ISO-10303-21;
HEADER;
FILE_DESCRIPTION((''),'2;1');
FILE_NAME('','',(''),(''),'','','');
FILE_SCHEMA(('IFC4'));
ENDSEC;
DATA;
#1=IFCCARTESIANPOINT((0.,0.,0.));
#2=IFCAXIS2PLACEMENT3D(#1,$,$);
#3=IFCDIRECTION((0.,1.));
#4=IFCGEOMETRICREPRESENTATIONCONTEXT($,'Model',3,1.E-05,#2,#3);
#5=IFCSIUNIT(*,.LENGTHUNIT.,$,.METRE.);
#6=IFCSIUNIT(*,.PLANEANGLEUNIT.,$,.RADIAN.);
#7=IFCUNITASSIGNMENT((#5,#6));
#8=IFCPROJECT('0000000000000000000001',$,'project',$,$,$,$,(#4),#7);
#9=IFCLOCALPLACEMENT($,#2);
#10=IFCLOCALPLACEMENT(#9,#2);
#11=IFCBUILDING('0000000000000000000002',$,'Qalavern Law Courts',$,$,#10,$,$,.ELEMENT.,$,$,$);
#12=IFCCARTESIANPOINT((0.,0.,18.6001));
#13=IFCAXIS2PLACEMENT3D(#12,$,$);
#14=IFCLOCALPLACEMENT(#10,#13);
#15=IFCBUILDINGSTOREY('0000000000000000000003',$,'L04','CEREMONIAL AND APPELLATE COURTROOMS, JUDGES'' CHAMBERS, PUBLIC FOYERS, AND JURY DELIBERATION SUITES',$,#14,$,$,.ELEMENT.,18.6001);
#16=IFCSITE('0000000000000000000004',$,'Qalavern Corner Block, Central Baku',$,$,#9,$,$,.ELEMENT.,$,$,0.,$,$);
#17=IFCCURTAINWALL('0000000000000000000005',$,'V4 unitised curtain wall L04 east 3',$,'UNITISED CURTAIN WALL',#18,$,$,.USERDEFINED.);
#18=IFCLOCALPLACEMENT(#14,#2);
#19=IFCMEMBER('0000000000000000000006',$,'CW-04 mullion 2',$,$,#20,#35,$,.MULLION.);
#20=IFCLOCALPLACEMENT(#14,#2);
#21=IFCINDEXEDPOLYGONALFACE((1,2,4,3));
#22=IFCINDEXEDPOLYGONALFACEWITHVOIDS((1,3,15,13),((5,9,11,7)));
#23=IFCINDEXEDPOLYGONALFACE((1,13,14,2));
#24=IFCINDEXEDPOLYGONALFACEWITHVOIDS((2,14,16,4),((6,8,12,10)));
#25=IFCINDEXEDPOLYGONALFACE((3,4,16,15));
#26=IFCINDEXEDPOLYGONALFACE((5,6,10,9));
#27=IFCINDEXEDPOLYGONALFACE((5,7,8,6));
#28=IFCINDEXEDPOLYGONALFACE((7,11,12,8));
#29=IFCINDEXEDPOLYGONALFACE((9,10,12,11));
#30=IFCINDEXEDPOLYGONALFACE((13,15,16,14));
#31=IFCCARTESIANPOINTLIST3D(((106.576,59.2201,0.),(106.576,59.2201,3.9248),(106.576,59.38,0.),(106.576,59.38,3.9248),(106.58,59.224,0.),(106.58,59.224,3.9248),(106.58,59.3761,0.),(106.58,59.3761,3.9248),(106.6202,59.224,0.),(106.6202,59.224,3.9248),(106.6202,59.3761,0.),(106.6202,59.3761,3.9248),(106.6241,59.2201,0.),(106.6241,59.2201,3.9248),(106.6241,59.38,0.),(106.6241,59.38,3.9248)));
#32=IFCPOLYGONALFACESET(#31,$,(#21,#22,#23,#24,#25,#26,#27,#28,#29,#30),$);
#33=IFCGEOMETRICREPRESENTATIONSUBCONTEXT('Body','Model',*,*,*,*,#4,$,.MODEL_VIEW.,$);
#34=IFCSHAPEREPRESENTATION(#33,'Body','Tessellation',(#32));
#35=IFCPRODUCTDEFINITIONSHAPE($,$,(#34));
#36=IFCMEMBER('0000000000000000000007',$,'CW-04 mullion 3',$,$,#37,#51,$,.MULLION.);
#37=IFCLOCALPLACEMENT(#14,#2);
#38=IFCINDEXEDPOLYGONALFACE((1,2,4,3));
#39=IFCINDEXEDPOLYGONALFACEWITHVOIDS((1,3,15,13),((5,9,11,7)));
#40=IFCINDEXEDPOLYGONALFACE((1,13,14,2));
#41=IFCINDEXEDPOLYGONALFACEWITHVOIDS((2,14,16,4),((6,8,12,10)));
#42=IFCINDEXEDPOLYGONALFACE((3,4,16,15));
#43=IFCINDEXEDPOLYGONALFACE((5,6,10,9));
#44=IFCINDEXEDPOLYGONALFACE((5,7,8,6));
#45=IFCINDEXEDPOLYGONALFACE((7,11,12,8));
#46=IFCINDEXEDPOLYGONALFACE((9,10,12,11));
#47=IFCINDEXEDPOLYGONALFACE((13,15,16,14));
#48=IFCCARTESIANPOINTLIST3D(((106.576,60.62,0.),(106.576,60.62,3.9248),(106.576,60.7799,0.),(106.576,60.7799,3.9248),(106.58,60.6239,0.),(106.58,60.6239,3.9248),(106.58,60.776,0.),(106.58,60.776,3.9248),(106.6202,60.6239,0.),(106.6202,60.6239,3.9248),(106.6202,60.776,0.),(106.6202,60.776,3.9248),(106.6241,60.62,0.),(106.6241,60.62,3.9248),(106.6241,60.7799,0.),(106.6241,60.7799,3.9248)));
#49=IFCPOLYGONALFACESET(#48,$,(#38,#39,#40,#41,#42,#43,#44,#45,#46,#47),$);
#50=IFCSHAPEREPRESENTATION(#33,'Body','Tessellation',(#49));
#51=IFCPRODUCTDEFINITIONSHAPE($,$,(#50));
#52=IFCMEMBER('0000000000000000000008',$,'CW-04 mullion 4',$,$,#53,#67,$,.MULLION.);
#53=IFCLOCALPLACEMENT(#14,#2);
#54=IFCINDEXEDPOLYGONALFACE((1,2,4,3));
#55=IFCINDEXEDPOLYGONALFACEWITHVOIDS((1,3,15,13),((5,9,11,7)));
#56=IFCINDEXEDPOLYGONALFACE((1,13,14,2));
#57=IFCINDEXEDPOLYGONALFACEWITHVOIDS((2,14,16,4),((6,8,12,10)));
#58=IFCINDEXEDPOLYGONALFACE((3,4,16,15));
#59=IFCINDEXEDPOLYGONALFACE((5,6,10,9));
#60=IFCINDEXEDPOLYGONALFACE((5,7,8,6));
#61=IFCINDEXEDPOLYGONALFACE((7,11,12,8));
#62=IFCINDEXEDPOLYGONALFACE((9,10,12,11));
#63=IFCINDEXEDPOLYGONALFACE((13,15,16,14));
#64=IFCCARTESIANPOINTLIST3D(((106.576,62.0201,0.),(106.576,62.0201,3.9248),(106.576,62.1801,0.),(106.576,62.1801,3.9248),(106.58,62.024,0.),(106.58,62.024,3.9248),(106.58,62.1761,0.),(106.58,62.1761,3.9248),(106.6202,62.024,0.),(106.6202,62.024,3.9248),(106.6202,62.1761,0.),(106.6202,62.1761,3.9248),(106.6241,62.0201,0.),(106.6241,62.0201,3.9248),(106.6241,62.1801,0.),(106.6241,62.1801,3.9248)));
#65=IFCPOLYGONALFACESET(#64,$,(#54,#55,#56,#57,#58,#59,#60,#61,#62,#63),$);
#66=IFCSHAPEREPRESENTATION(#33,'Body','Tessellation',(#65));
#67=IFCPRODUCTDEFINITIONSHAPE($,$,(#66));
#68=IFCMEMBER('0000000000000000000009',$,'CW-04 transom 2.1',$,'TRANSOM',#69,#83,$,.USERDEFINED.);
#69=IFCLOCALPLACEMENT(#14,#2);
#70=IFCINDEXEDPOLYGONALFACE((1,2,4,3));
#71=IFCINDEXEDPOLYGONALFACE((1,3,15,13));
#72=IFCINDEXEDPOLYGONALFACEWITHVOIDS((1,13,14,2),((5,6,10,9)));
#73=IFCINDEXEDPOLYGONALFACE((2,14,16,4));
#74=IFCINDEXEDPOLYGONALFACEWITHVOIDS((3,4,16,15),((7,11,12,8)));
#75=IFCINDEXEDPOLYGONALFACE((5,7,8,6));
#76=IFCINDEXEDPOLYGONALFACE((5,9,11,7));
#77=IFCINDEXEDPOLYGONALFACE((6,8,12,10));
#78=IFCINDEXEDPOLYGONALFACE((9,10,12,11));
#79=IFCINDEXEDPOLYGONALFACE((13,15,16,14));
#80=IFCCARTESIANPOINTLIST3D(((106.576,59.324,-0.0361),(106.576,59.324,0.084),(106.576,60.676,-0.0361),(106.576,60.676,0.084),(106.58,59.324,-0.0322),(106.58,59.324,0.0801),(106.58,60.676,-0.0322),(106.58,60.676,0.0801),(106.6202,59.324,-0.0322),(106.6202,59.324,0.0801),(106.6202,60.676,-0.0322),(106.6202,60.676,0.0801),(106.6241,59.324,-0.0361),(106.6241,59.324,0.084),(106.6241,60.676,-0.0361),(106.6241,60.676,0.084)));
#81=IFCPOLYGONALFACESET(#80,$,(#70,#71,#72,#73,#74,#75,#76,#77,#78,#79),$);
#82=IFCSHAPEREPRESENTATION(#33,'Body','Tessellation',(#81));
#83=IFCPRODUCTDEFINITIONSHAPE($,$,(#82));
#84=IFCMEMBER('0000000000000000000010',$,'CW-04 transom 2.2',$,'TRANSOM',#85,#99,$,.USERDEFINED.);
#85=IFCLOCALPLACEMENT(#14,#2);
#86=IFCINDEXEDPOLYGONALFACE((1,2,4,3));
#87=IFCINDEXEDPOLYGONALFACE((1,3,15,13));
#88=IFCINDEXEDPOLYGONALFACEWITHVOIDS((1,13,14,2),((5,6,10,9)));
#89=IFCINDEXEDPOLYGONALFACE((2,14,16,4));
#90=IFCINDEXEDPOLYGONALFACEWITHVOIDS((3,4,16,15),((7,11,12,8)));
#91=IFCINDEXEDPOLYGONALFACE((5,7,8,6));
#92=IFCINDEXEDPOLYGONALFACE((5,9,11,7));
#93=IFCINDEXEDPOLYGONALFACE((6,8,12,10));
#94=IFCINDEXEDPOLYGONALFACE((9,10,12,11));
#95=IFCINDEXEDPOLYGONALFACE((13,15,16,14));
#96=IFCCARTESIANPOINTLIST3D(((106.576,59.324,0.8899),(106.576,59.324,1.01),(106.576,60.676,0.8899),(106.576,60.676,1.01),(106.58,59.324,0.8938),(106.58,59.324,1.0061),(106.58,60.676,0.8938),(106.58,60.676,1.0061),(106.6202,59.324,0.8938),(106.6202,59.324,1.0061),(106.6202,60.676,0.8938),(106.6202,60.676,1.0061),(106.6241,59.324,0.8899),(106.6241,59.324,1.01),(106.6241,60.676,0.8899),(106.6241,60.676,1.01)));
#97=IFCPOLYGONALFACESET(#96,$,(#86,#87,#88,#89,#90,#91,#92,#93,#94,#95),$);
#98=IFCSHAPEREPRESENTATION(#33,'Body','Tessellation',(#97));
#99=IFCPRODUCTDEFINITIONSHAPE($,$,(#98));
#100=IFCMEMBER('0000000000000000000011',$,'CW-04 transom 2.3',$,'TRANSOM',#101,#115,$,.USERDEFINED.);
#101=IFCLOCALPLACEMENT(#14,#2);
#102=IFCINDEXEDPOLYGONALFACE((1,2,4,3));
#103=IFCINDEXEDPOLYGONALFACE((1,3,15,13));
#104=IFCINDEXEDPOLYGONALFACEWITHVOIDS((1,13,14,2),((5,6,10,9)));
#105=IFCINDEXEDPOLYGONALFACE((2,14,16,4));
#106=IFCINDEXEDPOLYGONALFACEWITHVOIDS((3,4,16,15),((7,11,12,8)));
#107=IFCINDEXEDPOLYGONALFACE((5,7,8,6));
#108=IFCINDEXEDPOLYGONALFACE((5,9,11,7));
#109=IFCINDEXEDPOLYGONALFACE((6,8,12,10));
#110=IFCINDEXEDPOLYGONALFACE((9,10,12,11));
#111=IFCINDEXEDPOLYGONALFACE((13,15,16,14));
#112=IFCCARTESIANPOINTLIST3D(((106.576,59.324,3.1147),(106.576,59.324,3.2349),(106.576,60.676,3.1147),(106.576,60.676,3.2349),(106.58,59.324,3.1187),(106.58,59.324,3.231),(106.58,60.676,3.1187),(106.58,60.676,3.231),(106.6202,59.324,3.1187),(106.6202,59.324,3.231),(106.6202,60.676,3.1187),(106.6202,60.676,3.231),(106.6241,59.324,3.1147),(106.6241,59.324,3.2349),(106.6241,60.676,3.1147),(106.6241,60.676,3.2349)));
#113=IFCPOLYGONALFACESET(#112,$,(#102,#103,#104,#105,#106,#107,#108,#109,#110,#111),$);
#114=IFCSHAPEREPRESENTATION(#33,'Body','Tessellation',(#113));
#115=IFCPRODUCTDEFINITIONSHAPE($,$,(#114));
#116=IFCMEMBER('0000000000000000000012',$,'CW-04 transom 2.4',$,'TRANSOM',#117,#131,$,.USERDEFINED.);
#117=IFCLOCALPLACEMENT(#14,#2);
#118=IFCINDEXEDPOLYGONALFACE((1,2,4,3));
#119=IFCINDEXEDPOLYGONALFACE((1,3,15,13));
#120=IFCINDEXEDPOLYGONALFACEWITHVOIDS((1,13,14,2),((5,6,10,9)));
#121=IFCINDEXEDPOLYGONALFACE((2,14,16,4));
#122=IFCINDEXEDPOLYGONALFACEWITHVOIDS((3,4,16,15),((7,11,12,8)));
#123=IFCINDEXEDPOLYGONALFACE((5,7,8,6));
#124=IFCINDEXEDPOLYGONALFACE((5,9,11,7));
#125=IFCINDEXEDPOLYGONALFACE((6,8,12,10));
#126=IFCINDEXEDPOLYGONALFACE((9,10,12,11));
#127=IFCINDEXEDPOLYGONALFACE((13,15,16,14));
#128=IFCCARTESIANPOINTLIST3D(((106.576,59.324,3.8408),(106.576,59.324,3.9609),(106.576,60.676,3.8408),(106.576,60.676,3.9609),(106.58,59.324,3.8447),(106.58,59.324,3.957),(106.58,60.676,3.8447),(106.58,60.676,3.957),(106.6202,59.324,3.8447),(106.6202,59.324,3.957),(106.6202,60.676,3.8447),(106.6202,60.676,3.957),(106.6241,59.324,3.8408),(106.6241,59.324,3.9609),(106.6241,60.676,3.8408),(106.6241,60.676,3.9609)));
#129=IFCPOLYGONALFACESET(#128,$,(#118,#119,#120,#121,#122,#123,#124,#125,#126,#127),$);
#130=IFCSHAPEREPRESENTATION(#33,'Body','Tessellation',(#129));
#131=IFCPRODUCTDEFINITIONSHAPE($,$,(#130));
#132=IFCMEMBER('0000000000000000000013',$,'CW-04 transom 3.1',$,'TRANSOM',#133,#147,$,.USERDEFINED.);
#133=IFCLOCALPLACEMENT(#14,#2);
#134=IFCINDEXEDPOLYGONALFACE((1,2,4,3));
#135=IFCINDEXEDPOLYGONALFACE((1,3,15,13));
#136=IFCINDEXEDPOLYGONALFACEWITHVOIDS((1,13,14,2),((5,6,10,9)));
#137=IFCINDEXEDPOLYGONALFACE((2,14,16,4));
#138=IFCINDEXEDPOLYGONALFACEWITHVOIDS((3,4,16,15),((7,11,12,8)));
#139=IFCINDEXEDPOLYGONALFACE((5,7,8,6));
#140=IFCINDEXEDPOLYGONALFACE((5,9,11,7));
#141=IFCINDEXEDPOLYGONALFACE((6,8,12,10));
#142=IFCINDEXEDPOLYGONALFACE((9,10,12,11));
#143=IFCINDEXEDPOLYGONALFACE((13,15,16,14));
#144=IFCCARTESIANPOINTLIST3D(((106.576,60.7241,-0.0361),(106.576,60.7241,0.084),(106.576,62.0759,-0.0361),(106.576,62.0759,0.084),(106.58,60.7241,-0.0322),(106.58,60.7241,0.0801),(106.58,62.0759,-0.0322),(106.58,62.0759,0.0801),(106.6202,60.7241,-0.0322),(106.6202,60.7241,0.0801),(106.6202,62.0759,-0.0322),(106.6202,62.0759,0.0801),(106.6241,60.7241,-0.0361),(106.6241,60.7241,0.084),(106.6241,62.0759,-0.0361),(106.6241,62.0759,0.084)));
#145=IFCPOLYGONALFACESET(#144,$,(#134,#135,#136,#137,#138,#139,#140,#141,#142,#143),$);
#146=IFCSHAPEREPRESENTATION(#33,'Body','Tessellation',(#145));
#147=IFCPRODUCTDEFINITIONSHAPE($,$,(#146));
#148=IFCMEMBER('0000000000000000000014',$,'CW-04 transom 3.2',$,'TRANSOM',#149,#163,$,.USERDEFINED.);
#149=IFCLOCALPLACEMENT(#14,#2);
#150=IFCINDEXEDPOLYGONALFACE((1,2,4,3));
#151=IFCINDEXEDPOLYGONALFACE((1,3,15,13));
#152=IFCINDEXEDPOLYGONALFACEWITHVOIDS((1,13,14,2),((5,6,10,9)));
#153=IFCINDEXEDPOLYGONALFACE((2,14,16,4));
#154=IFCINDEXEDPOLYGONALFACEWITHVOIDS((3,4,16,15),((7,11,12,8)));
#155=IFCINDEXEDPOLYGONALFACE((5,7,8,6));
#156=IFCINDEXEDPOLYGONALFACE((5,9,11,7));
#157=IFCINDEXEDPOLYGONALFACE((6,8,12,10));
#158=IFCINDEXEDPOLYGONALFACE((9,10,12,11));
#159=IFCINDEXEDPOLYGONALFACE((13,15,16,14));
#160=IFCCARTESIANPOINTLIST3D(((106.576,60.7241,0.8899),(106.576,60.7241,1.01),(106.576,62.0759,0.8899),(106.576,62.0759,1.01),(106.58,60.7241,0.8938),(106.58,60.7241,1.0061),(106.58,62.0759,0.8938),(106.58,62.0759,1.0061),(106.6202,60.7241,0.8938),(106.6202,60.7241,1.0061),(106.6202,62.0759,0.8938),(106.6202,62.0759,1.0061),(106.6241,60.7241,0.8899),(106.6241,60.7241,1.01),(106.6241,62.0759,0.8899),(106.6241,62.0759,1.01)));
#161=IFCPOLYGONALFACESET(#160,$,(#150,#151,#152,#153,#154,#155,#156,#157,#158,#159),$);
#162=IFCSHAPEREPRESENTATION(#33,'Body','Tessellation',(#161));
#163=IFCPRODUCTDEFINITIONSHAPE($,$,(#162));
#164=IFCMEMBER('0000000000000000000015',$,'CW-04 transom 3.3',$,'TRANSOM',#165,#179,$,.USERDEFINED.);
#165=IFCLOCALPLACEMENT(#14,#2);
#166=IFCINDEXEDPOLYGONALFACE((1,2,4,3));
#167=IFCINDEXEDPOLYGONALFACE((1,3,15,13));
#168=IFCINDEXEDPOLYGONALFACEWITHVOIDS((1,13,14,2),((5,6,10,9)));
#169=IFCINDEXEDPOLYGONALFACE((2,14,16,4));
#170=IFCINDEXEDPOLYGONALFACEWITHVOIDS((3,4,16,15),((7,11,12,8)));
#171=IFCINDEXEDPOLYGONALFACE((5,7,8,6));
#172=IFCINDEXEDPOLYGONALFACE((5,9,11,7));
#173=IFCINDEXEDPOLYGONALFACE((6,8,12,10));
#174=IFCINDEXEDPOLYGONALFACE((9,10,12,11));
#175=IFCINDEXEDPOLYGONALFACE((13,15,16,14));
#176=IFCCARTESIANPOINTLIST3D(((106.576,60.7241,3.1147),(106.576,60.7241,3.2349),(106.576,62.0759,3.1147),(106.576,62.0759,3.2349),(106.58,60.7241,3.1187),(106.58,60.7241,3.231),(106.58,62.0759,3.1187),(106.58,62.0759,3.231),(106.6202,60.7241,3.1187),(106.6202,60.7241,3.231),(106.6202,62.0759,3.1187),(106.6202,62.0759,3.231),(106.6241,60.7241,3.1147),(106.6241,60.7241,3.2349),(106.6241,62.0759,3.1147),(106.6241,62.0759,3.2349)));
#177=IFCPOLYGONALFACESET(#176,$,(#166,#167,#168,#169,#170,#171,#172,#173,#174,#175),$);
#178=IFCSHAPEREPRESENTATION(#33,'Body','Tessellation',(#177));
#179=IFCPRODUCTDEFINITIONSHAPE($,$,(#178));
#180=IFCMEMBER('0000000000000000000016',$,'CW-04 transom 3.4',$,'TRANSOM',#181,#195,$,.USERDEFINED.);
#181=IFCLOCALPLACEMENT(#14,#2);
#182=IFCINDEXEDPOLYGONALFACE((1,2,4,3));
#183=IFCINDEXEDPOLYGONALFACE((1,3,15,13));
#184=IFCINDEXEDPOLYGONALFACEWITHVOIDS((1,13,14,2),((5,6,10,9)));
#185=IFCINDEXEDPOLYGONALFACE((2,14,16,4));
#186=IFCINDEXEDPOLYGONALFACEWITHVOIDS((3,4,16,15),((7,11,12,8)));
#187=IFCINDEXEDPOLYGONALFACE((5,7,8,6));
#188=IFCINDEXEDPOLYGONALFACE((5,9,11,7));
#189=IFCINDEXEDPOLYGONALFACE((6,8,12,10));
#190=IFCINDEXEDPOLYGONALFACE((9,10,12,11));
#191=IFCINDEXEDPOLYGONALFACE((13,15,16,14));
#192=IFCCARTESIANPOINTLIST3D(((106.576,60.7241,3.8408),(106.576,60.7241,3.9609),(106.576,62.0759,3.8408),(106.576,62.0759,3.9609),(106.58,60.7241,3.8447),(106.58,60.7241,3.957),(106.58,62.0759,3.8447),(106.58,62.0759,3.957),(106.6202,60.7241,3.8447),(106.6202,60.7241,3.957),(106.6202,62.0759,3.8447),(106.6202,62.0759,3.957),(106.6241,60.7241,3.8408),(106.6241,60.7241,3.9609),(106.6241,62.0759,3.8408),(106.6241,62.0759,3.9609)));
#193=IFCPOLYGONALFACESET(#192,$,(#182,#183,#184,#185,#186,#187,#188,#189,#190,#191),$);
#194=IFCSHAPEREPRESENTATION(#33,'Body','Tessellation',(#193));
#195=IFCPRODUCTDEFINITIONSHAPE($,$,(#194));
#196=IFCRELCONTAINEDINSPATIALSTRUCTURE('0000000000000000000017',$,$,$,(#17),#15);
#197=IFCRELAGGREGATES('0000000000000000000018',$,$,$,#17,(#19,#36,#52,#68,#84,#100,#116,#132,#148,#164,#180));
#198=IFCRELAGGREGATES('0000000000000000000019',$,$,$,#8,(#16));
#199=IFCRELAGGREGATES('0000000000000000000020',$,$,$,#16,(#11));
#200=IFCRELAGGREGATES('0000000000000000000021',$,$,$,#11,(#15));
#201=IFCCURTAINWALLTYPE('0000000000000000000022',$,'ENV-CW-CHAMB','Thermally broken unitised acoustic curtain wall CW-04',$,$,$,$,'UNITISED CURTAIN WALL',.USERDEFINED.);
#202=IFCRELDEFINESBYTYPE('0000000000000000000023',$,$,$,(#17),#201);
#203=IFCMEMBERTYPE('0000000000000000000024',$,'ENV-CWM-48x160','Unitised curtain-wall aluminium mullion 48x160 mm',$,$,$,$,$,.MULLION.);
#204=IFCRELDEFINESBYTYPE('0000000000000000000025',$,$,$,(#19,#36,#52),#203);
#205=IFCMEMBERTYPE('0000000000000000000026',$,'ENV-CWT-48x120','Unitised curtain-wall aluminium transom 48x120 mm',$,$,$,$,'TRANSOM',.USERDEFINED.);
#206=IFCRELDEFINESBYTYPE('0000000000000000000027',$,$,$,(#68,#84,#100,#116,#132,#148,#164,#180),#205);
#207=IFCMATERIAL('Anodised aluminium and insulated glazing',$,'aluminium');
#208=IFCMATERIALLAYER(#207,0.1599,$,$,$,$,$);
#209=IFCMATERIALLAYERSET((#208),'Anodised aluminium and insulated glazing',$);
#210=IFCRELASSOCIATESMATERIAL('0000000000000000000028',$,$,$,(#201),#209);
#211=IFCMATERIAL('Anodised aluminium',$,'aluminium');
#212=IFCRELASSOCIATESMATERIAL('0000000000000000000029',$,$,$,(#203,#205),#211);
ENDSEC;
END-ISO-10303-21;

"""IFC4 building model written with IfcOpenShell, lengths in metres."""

from ifc_helpers import new_model, si_unit, direction, frame, origin, origin_2d, place, context, subcontext, project, spatial, hollow_rectangle, extrude, material, layer, layer_set, material_profile, profile_set, type_object, element, aggregate, save


model = new_model("IFC4")

# Units and contexts
model_context = context("Model", 3, precision=1e-05, world=origin(), true_north=direction((0.0, 1.0)))
body_context = subcontext(model_context, "Body", "Model", "MODEL_VIEW")
ifc_project = project(units=[si_unit("LENGTHUNIT", "METRE"), si_unit("PLANEANGLEUNIT", "RADIAN")], contexts=[model_context])

# Site, building, storey
site_placement = place(None, origin())
site = spatial("IfcSite", under=ifc_project, at=site_placement, Name="Qalavern Corner Block, Central Baku", CompositionType="ELEMENT", RefElevation=0.0)
building_placement = place(site_placement, origin())
building = spatial("IfcBuilding", under=site, at=building_placement, Name="Qalavern Law Courts", CompositionType="ELEMENT")
storey_placement = place(building_placement, frame((0.0, 0.0, 18.6001)))
storey = spatial("IfcBuildingStorey", under=building, at=storey_placement, Name="L04", Description="CEREMONIAL AND APPELLATE COURTROOMS, JUDGES' CHAMBERS, PUBLIC FOYERS, AND JURY DELIBERATION SUITES", CompositionType="ELEMENT", Elevation=18.6001)

# Curtain wall, members
ifc_material_1 = material(Name="Anodised aluminium and insulated glazing", Category="aluminium")
ifc_layer_1 = layer(ifc_material_1, 0.1599)
ifc_layer_set_1 = layer_set([ifc_layer_1], Name="Anodised aluminium and insulated glazing")
curtain_wall_type = type_object("IfcCurtainWallType", Name="ENV-CW-CHAMB", Description="Thermally broken unitised acoustic curtain wall CW-04", ElementType="UNITISED CURTAIN WALL", PredefinedType="USERDEFINED", material=ifc_layer_set_1)
curtain_wall_placement = place(storey_placement, origin())
curtain_wall = element("IfcCurtainWall", 1, at=curtain_wall_placement, inside=storey, type_object=curtain_wall_type, Name="V4 unitised curtain wall L04 east 3", ObjectType="UNITISED CURTAIN WALL", PredefinedType="USERDEFINED")
ifc_material_2 = material(Name="Anodised aluminium", Category="aluminium")
ifc_material_profile_1 = material_profile(ifc_material_2, hollow_rectangle(XDim=0.0481, YDim=0.1599, WallThickness=0.0039, at=origin_2d()), Name="ALU MULLION 48x160")
ifc_profile_set_1 = profile_set([ifc_material_profile_1], Name="Anodised aluminium")
member_type_1 = type_object("IfcMemberType", Name="ENV-CWM-48x160", Description="Unitised curtain-wall aluminium mullion 48x160 mm", PredefinedType="MULLION", material=ifc_profile_set_1)
member_1_placement = place(storey_placement, frame((106.6001, 59.3, 0.0), z_axis=(0.0, 0.0, 1.0), x_axis=(-1.0, 0.0, 0.0)))
member_1 = element("IfcMember", 2, at=member_1_placement, type_object=member_type_1, Name="CW-04 mullion 2", PredefinedType="MULLION", context=body_context, shape_type="SweptSolid", body=[
    extrude(hollow_rectangle(XDim=0.0481, YDim=0.1599, WallThickness=0.0039, at=origin_2d()), origin(), (0.0, 0.0, 1.0), 3.9248),
])
member_2_placement = place(storey_placement, frame((106.6001, 60.7, 0.0), z_axis=(0.0, 0.0, 1.0), x_axis=(-1.0, 0.0, 0.0)))
member_2 = element("IfcMember", 3, at=member_2_placement, type_object=member_type_1, Name="CW-04 mullion 3", PredefinedType="MULLION", context=body_context, shape_type="SweptSolid", body=[
    extrude(hollow_rectangle(XDim=0.0481, YDim=0.1599, WallThickness=0.0039, at=origin_2d()), origin(), (0.0, 0.0, 1.0), 3.9248),
])
member_3_placement = place(storey_placement, frame((106.6001, 62.1001, 0.0), z_axis=(0.0, 0.0, 1.0), x_axis=(-1.0, 0.0, 0.0)))
member_3 = element("IfcMember", 4, at=member_3_placement, type_object=member_type_1, Name="CW-04 mullion 4", PredefinedType="MULLION", context=body_context, shape_type="SweptSolid", body=[
    extrude(hollow_rectangle(XDim=0.0481, YDim=0.1599, WallThickness=0.0039, at=origin_2d()), origin(), (0.0, 0.0, 1.0), 3.9248),
])
ifc_material_profile_2 = material_profile(ifc_material_2, hollow_rectangle(XDim=0.0481, YDim=0.1201, WallThickness=0.0039, at=origin_2d()), Name="ALU TRANSOM 48x120")
ifc_profile_set_2 = profile_set([ifc_material_profile_2], Name="Anodised aluminium")
member_type_2 = type_object("IfcMemberType", Name="ENV-CWT-48x120", Description="Unitised curtain-wall aluminium transom 48x120 mm", ElementType="TRANSOM", PredefinedType="USERDEFINED", material=ifc_profile_set_2)
member_4_placement = place(storey_placement, frame((106.6001, 59.324, 0.0239), z_axis=(0.0, 1.0, 0.0), x_axis=(-1.0, 0.0, 0.0)))
member_4 = element("IfcMember", 5, at=member_4_placement, type_object=member_type_2, Name="CW-04 transom 2.1", ObjectType="TRANSOM", PredefinedType="USERDEFINED", context=body_context, shape_type="SweptSolid", body=[
    extrude(hollow_rectangle(XDim=0.0481, YDim=0.1201, WallThickness=0.0039, at=origin_2d()), origin(), (0.0, 0.0, 1.0), 1.3521),
])
member_5_placement = place(storey_placement, frame((106.6001, 59.324, 0.95), z_axis=(0.0, 1.0, 0.0), x_axis=(-1.0, 0.0, 0.0)))
member_5 = element("IfcMember", 6, at=member_5_placement, type_object=member_type_2, Name="CW-04 transom 2.2", ObjectType="TRANSOM", PredefinedType="USERDEFINED", context=body_context, shape_type="SweptSolid", body=[
    extrude(hollow_rectangle(XDim=0.0481, YDim=0.1201, WallThickness=0.0039, at=origin_2d()), origin(), (0.0, 0.0, 1.0), 1.3521),
])
member_6_placement = place(storey_placement, frame((106.6001, 59.324, 3.1748), z_axis=(0.0, 1.0, 0.0), x_axis=(-1.0, 0.0, 0.0)))
member_6 = element("IfcMember", 7, at=member_6_placement, type_object=member_type_2, Name="CW-04 transom 2.3", ObjectType="TRANSOM", PredefinedType="USERDEFINED", context=body_context, shape_type="SweptSolid", body=[
    extrude(hollow_rectangle(XDim=0.0481, YDim=0.1201, WallThickness=0.0039, at=origin_2d()), origin(), (0.0, 0.0, 1.0), 1.3521),
])
member_7_placement = place(storey_placement, frame((106.6001, 59.324, 3.9009), z_axis=(0.0, 1.0, 0.0), x_axis=(-1.0, 0.0, 0.0)))
member_7 = element("IfcMember", 8, at=member_7_placement, type_object=member_type_2, Name="CW-04 transom 2.4", ObjectType="TRANSOM", PredefinedType="USERDEFINED", context=body_context, shape_type="SweptSolid", body=[
    extrude(hollow_rectangle(XDim=0.0481, YDim=0.1201, WallThickness=0.0039, at=origin_2d()), origin(), (0.0, 0.0, 1.0), 1.3521),
])
member_8_placement = place(storey_placement, frame((106.6001, 60.7241, 0.0239), z_axis=(0.0, 1.0, 0.0), x_axis=(-1.0, 0.0, 0.0)))
member_8 = element("IfcMember", 9, at=member_8_placement, type_object=member_type_2, Name="CW-04 transom 3.1", ObjectType="TRANSOM", PredefinedType="USERDEFINED", context=body_context, shape_type="SweptSolid", body=[
    extrude(hollow_rectangle(XDim=0.0481, YDim=0.1201, WallThickness=0.0039, at=origin_2d()), origin(), (0.0, 0.0, 1.0), 1.3518),
])
member_9_placement = place(storey_placement, frame((106.6001, 60.7241, 0.95), z_axis=(0.0, 1.0, 0.0), x_axis=(-1.0, 0.0, 0.0)))
member_9 = element("IfcMember", 10, at=member_9_placement, type_object=member_type_2, Name="CW-04 transom 3.2", ObjectType="TRANSOM", PredefinedType="USERDEFINED", context=body_context, shape_type="SweptSolid", body=[
    extrude(hollow_rectangle(XDim=0.0481, YDim=0.1201, WallThickness=0.0039, at=origin_2d()), origin(), (0.0, 0.0, 1.0), 1.3518),
])
member_10_placement = place(storey_placement, frame((106.6001, 60.7241, 3.1748), z_axis=(0.0, 1.0, 0.0), x_axis=(-1.0, 0.0, 0.0)))
member_10 = element("IfcMember", 11, at=member_10_placement, type_object=member_type_2, Name="CW-04 transom 3.3", ObjectType="TRANSOM", PredefinedType="USERDEFINED", context=body_context, shape_type="SweptSolid", body=[
    extrude(hollow_rectangle(XDim=0.0481, YDim=0.1201, WallThickness=0.0039, at=origin_2d()), origin(), (0.0, 0.0, 1.0), 1.3518),
])
member_11_placement = place(storey_placement, frame((106.6001, 60.7241, 3.9009), z_axis=(0.0, 1.0, 0.0), x_axis=(-1.0, 0.0, 0.0)))
member_11 = element("IfcMember", 12, at=member_11_placement, type_object=member_type_2, Name="CW-04 transom 3.4", ObjectType="TRANSOM", PredefinedType="USERDEFINED", context=body_context, shape_type="SweptSolid", body=[
    extrude(hollow_rectangle(XDim=0.0481, YDim=0.1201, WallThickness=0.0039, at=origin_2d()), origin(), (0.0, 0.0, 1.0), 1.3518),
])
aggregate(curtain_wall, [member_1, member_2, member_3, member_4, member_5, member_6, member_7, member_8, member_9, member_10, member_11])

save(model, "model.ifc")
